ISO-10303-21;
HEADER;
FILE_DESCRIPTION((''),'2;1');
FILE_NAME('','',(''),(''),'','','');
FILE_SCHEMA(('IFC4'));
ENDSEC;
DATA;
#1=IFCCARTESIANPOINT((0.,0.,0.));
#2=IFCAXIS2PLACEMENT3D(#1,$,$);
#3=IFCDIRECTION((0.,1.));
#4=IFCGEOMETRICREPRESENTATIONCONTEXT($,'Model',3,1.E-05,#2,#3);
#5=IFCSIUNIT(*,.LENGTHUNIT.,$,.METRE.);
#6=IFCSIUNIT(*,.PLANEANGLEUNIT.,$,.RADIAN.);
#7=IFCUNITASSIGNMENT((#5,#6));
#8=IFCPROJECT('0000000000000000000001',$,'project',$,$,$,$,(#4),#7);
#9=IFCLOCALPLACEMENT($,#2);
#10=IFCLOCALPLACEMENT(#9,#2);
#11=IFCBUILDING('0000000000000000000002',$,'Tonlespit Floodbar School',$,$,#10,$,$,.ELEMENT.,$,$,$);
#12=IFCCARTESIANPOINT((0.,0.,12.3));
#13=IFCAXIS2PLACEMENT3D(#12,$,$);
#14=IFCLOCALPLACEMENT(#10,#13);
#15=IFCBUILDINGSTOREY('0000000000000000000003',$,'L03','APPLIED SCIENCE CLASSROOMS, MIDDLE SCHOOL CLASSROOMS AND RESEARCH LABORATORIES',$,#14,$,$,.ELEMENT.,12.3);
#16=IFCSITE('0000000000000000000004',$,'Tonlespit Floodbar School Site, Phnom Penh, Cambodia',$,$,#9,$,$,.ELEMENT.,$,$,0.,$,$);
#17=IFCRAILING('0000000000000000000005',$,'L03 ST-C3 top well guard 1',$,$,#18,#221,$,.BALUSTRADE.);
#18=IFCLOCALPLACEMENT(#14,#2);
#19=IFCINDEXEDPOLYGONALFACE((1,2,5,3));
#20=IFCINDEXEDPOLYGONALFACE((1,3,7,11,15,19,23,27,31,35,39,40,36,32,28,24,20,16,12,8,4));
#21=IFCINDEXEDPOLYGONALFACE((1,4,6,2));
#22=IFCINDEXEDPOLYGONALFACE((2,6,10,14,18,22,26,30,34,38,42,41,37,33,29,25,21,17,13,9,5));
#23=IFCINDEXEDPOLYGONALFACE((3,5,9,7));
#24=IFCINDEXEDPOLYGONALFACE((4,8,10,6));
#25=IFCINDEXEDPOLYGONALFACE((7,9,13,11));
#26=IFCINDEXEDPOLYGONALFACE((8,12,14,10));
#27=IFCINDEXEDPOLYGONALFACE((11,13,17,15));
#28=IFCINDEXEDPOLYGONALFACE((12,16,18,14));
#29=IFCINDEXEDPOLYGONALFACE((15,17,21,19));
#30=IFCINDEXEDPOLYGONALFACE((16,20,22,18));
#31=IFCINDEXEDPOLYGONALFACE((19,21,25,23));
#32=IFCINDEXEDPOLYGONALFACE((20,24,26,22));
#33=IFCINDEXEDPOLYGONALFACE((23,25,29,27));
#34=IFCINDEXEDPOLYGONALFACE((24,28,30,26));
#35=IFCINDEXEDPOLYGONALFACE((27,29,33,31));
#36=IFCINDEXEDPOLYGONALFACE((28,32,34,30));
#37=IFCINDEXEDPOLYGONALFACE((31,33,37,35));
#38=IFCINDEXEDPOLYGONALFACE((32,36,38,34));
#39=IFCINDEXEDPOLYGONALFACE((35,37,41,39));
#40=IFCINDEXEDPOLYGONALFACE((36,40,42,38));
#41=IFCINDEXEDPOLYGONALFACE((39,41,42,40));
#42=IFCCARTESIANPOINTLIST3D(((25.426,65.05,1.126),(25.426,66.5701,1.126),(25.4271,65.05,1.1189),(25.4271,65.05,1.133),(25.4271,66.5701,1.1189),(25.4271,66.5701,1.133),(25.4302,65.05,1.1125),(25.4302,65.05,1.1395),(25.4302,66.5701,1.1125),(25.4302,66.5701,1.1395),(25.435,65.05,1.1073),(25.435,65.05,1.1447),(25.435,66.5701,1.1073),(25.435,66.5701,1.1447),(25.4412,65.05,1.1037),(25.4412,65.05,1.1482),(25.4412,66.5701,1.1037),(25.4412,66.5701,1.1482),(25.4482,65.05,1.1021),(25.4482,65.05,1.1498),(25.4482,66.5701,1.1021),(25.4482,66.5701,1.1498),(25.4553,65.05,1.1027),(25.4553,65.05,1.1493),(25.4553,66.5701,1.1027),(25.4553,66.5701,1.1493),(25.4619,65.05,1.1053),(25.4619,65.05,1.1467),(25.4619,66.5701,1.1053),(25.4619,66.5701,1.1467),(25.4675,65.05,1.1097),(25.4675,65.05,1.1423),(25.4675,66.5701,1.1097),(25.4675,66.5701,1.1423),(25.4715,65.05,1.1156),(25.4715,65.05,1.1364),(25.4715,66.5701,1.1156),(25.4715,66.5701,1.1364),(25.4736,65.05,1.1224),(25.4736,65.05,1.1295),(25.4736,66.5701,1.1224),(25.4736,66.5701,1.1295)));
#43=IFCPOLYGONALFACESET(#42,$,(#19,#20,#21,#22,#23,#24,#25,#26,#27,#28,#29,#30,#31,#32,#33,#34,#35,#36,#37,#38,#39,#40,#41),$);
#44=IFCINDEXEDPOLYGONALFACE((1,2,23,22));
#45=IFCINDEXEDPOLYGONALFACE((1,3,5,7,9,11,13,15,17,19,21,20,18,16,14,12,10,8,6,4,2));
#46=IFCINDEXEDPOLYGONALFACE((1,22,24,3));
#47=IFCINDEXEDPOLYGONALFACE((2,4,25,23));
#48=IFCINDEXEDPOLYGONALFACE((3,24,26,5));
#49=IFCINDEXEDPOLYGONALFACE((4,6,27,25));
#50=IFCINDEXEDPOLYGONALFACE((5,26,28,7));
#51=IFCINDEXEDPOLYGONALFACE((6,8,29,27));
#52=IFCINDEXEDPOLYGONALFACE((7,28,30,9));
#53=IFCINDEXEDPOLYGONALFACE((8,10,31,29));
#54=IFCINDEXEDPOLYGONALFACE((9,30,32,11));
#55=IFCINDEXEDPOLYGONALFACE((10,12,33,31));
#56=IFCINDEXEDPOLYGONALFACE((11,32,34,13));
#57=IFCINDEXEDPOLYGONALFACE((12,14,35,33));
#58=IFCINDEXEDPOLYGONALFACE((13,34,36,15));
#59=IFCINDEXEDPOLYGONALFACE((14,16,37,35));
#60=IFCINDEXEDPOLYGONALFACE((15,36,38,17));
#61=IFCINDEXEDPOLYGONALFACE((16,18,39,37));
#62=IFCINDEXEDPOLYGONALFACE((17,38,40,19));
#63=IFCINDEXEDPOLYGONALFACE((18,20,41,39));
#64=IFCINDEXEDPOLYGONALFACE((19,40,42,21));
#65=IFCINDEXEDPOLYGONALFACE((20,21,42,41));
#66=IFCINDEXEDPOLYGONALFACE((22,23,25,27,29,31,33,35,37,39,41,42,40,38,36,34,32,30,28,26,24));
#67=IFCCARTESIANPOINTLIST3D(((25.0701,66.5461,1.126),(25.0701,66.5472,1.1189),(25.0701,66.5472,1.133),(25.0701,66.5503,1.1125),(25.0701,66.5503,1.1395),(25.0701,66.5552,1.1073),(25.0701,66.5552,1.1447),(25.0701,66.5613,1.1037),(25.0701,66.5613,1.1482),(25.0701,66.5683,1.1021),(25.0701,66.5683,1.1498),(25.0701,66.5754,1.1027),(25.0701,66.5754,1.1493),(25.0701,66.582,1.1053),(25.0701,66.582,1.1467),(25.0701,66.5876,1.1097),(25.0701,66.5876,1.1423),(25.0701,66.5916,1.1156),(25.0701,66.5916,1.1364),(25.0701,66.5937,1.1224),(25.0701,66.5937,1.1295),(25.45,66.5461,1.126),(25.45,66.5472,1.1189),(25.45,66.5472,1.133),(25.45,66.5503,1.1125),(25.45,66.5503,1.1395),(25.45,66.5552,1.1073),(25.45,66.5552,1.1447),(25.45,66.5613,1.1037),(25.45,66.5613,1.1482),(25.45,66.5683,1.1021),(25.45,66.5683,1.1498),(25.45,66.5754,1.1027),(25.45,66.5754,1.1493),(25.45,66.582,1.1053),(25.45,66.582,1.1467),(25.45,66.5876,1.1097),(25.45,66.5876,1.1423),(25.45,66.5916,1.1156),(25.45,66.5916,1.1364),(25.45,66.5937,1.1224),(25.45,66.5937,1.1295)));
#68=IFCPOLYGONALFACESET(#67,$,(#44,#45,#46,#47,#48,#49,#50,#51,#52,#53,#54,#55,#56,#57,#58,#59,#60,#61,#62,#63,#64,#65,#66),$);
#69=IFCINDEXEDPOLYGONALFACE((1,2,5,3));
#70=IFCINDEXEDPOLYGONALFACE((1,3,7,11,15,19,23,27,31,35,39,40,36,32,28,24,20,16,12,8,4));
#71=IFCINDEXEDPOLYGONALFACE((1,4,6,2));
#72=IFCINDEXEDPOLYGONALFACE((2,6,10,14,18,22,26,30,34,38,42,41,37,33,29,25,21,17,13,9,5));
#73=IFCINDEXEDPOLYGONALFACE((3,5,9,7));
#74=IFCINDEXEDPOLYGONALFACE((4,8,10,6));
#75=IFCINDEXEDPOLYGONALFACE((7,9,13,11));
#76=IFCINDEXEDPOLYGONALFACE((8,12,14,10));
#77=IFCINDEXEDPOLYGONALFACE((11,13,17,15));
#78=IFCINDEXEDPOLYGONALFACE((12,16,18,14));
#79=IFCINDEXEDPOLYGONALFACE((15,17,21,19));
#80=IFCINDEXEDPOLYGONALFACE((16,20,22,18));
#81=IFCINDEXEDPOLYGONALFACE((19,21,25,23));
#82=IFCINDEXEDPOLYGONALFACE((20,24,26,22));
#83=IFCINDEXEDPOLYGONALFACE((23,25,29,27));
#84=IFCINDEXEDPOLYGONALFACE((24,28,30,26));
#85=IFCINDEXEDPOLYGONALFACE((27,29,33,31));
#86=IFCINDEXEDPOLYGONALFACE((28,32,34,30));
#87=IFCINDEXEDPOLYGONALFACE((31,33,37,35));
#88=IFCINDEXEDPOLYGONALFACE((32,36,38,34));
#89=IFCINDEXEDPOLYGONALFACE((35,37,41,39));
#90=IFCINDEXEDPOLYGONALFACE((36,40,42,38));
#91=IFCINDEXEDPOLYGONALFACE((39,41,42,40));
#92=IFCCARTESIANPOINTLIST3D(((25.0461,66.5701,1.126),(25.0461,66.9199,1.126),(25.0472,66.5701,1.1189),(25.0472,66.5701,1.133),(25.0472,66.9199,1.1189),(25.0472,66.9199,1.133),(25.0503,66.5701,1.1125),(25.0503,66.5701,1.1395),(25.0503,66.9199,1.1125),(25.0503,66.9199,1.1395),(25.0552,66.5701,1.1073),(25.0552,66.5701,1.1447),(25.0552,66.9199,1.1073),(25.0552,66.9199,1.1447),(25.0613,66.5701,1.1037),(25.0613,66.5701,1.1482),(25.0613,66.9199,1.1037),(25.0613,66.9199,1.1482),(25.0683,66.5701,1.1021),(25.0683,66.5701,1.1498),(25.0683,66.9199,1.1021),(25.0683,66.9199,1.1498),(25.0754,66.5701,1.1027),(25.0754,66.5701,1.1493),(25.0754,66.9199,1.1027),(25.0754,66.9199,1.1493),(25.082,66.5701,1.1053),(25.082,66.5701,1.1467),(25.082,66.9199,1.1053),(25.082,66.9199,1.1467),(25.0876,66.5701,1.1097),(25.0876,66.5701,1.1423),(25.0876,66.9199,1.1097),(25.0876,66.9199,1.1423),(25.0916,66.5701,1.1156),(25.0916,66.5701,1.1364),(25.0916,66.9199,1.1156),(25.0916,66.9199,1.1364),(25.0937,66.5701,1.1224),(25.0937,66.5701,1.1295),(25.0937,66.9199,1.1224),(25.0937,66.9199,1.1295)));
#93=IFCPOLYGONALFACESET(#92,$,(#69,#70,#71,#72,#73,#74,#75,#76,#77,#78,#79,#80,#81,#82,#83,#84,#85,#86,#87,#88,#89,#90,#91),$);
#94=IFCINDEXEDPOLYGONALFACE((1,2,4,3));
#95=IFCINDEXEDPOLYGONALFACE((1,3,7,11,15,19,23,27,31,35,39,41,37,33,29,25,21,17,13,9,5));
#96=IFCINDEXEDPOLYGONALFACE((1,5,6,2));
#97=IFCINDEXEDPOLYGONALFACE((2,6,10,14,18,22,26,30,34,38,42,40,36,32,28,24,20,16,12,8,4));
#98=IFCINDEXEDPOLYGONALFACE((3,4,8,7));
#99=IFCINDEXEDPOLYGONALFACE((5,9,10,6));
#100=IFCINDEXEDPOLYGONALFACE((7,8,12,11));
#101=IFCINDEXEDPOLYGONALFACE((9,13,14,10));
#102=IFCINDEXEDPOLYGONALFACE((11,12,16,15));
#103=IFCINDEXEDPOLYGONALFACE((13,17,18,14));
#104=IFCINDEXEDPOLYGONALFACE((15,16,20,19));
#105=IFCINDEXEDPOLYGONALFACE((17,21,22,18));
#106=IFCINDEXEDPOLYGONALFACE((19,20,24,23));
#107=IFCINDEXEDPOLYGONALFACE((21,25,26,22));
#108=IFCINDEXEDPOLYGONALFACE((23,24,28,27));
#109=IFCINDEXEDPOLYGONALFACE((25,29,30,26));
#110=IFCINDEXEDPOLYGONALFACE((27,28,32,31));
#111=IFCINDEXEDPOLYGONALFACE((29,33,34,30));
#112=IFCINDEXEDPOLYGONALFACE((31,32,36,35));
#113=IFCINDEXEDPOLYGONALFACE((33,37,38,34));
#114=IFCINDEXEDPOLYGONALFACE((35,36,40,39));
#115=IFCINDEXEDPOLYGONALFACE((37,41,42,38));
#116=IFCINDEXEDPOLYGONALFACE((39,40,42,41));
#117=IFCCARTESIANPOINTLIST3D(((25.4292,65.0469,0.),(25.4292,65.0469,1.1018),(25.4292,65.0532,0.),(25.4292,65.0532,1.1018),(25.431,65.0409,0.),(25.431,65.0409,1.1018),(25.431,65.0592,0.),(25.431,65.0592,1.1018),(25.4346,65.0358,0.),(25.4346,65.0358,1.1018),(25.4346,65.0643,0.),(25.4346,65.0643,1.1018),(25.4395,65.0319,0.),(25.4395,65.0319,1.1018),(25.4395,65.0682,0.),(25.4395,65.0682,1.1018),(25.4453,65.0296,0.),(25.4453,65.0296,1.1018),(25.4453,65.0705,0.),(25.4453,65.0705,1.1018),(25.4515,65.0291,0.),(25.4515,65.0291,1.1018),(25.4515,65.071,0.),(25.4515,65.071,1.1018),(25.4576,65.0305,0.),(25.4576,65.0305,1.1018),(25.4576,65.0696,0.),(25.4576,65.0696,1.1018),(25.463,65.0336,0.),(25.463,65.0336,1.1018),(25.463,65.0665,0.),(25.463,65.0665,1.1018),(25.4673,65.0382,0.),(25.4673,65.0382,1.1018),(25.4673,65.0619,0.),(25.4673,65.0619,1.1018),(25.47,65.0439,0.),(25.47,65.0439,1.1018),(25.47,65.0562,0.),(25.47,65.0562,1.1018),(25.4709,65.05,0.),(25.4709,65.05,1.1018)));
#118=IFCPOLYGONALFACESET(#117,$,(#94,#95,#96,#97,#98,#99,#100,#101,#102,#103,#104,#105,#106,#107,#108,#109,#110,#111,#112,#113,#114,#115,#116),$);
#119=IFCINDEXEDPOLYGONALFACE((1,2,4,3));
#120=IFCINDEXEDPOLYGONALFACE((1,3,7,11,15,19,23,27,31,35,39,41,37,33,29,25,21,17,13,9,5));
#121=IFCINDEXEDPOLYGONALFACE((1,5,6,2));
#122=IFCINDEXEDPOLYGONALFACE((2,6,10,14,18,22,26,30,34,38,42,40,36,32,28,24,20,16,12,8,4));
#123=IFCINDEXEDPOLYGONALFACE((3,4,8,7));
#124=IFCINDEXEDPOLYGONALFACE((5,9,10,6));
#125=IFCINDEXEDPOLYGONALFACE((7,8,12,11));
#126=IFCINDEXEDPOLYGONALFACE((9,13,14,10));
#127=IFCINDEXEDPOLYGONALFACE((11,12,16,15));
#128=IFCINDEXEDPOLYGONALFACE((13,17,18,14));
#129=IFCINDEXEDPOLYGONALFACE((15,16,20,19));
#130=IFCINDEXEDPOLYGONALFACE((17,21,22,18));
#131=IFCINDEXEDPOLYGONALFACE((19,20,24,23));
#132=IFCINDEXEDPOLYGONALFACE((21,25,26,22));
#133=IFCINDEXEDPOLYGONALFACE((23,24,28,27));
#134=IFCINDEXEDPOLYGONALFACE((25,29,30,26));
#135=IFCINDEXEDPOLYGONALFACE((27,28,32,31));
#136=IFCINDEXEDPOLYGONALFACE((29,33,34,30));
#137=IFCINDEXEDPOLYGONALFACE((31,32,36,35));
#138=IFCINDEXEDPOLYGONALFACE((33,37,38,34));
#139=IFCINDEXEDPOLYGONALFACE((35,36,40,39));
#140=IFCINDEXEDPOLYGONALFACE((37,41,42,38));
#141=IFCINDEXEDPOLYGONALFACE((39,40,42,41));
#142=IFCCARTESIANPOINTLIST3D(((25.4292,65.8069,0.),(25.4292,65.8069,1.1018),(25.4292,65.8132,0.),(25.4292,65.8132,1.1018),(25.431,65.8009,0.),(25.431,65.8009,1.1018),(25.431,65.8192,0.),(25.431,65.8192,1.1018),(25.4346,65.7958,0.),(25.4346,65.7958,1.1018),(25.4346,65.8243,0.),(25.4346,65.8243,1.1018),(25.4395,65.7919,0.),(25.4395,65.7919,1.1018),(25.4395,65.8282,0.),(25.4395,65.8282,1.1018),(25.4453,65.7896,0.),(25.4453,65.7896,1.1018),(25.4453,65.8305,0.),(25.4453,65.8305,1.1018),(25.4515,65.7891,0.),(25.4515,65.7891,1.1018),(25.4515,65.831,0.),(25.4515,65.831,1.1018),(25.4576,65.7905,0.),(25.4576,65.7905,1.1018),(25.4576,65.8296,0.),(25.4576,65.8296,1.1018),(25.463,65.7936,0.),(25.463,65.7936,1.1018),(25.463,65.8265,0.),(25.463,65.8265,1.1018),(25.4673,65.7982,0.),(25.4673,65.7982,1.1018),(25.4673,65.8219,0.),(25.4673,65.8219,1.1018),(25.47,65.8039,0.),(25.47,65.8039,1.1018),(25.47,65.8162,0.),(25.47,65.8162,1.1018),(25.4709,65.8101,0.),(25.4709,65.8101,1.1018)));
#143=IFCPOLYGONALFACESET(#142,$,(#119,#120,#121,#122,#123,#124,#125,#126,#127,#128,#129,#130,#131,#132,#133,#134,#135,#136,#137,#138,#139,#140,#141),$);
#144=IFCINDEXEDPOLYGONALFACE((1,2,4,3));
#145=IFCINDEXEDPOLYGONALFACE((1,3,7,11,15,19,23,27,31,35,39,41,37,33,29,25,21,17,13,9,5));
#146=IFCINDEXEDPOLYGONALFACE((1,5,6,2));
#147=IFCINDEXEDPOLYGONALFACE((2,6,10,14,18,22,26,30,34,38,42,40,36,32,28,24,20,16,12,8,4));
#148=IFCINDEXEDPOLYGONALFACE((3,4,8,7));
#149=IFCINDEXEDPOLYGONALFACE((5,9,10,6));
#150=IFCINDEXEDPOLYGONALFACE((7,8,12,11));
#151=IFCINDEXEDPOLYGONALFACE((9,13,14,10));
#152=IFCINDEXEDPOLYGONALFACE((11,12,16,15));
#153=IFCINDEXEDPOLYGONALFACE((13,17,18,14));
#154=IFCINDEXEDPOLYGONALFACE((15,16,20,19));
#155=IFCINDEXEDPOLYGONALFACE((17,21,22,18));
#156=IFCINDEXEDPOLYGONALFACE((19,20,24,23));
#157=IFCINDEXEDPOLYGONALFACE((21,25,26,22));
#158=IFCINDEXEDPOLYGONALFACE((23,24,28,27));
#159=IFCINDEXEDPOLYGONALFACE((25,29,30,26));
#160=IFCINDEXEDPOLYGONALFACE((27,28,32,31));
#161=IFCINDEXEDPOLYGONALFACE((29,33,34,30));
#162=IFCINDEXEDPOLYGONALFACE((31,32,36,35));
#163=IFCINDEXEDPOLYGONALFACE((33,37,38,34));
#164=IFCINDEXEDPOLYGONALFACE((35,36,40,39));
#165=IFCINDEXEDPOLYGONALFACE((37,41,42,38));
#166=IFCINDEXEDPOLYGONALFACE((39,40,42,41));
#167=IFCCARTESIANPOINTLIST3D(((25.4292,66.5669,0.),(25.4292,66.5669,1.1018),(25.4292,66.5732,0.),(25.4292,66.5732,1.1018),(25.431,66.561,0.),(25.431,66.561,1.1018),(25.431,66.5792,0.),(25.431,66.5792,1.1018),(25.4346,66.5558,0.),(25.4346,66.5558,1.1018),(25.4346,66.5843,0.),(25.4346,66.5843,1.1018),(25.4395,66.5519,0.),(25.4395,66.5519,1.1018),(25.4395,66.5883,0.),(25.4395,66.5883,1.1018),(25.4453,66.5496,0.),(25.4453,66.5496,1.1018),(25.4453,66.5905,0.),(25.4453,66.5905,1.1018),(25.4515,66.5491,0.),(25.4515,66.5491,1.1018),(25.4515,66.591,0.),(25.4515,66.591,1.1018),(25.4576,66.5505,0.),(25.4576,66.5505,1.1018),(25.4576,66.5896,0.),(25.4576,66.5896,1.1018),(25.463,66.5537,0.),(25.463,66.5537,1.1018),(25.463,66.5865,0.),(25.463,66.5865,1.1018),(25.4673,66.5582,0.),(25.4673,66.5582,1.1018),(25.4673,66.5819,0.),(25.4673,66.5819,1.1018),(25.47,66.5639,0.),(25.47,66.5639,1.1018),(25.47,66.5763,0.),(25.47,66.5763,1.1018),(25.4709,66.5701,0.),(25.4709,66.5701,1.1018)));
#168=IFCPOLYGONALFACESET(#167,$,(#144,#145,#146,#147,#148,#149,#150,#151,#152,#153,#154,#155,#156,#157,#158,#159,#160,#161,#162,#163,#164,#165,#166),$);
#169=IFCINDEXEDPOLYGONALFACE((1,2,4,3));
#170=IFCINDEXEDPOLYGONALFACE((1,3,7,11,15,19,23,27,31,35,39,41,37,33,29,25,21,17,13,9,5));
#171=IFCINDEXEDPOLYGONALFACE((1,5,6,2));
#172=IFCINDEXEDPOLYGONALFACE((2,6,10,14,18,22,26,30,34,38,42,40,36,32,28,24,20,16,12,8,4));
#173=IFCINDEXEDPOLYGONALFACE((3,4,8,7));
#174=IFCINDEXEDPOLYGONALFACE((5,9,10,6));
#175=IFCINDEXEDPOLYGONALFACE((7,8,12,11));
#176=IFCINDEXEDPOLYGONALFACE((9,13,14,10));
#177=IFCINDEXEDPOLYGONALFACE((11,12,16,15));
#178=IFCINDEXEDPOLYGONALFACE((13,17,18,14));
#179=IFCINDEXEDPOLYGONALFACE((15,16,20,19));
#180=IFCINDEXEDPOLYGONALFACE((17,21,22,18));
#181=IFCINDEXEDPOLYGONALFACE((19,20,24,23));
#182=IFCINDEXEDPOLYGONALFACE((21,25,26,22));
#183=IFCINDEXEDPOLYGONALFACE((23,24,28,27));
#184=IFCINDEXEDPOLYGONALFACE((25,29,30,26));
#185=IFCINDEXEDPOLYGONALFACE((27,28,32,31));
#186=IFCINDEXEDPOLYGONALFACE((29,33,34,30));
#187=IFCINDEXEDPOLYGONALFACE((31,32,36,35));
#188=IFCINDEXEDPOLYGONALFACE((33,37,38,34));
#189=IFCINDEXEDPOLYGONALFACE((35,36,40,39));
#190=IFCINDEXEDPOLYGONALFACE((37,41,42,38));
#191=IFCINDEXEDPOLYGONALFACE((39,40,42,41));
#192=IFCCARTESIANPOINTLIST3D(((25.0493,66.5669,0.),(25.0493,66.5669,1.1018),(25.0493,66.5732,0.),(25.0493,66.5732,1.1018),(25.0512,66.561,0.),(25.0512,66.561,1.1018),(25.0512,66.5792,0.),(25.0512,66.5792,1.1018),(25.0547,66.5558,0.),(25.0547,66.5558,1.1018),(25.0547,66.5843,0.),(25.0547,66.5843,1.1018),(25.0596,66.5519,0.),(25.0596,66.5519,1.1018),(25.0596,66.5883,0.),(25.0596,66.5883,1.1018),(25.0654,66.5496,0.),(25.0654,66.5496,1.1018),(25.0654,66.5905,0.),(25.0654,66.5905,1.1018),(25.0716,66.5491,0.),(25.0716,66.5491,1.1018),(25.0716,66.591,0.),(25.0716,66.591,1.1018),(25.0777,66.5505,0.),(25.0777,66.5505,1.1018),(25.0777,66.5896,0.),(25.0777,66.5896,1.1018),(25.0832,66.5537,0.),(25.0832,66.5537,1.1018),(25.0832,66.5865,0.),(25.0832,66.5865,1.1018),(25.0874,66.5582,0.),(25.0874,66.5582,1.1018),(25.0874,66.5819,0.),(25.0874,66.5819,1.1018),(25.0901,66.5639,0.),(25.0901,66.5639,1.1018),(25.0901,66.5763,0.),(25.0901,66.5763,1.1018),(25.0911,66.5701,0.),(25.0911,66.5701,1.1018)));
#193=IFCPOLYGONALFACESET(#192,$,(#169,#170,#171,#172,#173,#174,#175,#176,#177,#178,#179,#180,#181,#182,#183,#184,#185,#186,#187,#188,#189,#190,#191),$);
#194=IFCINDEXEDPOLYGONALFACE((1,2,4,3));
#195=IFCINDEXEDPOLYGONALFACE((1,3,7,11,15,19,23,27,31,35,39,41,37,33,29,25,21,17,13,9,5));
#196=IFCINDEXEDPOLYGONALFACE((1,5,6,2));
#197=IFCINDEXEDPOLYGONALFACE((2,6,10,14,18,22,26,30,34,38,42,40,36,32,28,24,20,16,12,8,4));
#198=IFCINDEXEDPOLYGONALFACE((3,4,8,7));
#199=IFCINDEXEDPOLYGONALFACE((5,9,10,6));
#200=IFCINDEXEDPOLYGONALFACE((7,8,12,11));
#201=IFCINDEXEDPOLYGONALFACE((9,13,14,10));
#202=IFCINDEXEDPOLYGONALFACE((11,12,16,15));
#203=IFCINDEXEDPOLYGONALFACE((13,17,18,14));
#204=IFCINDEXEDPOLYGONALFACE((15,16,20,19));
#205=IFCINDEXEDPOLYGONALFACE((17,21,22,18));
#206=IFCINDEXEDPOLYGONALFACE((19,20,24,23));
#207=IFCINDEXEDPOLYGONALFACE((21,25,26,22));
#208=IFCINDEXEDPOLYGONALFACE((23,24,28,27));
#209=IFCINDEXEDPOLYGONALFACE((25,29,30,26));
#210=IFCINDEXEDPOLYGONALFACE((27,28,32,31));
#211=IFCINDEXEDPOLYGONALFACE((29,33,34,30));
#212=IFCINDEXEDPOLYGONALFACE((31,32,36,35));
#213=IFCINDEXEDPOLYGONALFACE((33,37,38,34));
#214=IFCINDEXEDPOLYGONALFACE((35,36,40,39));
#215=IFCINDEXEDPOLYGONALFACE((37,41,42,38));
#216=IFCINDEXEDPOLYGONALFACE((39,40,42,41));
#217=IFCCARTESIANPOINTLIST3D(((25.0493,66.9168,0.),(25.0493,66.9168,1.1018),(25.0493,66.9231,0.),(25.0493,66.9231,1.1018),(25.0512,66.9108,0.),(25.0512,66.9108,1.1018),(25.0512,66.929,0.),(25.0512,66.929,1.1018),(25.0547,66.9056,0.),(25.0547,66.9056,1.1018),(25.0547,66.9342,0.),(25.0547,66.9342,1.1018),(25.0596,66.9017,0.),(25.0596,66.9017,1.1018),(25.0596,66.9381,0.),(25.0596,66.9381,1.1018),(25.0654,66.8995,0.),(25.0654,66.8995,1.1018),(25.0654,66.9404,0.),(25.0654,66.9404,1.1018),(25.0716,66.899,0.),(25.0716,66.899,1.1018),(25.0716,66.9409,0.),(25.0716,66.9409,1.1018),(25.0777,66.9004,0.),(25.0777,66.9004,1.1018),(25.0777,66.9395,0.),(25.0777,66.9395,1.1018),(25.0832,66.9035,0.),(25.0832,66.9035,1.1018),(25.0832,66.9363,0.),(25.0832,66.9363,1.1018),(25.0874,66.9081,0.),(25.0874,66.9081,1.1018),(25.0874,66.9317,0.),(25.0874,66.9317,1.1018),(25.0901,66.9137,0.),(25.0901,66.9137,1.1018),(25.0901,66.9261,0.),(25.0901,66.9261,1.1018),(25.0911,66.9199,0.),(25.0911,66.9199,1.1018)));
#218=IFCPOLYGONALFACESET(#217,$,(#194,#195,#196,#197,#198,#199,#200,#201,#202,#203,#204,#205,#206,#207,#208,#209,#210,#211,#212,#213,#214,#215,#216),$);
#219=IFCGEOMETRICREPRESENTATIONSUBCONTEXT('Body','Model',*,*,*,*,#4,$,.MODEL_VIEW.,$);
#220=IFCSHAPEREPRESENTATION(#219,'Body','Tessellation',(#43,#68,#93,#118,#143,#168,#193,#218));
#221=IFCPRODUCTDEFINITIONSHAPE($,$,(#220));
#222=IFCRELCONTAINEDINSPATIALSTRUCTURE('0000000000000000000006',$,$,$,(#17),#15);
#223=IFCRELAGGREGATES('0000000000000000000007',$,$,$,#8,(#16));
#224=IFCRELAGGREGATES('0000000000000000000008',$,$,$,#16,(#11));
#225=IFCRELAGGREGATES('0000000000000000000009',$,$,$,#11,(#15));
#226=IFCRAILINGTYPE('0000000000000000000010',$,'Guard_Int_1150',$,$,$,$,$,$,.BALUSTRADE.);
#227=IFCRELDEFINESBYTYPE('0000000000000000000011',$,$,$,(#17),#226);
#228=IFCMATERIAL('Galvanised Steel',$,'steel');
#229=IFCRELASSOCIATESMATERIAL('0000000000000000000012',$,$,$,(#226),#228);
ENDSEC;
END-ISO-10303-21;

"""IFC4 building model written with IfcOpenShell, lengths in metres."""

from ifc_helpers import new_model, si_unit, direction, frame, origin, origin_2d, place, context, subcontext, project, spatial, circle, extrude, material, type_object, element, save


model = new_model("IFC4")

# Units and contexts
model_context = context("Model", 3, precision=1e-05, world=origin(), true_north=direction((0.0, 1.0)))
body_context = subcontext(model_context, "Body", "Model", "MODEL_VIEW")
ifc_project = project(units=[si_unit("LENGTHUNIT", "METRE"), si_unit("PLANEANGLEUNIT", "RADIAN")], contexts=[model_context])

# Site, building, storey
site_placement = place(None, origin())
site = spatial("IfcSite", under=ifc_project, at=site_placement, Name="Tonlespit Floodbar School Site, Phnom Penh, Cambodia", CompositionType="ELEMENT", RefElevation=0.0)
building_placement = place(site_placement, origin())
building = spatial("IfcBuilding", under=site, at=building_placement, Name="Tonlespit Floodbar School", CompositionType="ELEMENT")
storey_placement = place(building_placement, frame((0.0, 0.0, 12.3)))
storey = spatial("IfcBuildingStorey", under=building, at=storey_placement, Name="L03", Description="APPLIED SCIENCE CLASSROOMS, MIDDLE SCHOOL CLASSROOMS AND RESEARCH LABORATORIES", CompositionType="ELEMENT", Elevation=12.3)

# Shared definitions
ifc_material_1 = material(Name="Galvanised Steel", Category="steel")

# Railing
railing_type = type_object("IfcRailingType", Name="Guard_Int_1150", PredefinedType="BALUSTRADE", material=ifc_material_1)
railing_placement = place(storey_placement, frame((25.45, 65.05, 0.0)))
element("IfcRailing", 1, at=railing_placement, inside=storey, type_object=railing_type, Name="L03 ST-C3 top well guard 1", PredefinedType="BALUSTRADE", context=body_context, shape_type="SweptSolid", body=[
    extrude(circle(Radius=0.0239, at=origin_2d()), frame((0.0, 0.0, 1.126), z_axis=(0.0, 1.0, 0.0), x_axis=(-1.0, 0.0, 0.0)), (0.0, 0.0, 1.0), 1.52),
    extrude(circle(Radius=0.0239, at=origin_2d()), frame((0.0, 1.52, 1.126), z_axis=(-1.0, 0.0, 0.0), x_axis=(0.0, -1.0, 0.0)), (0.0, 0.0, 1.0), 0.3799),
    extrude(circle(Radius=0.0239, at=origin_2d()), frame((-0.3799, 1.52, 1.126), z_axis=(0.0, 1.0, 0.0), x_axis=(-1.0, 0.0, 0.0)), (0.0, 0.0, 1.0), 0.3499),
    extrude(circle(Radius=0.021, at=origin_2d()), origin(), (0.0, 0.0, 1.0), 1.1018),
    extrude(circle(Radius=0.021, at=origin_2d()), frame((0.0, 0.76, 0.0)), (0.0, 0.0, 1.0), 1.1018),
    extrude(circle(Radius=0.021, at=origin_2d()), frame((0.0, 1.52, 0.0)), (0.0, 0.0, 1.0), 1.1018),
    extrude(circle(Radius=0.021, at=origin_2d()), frame((-0.3799, 1.52, 0.0)), (0.0, 0.0, 1.0), 1.1018),
    extrude(circle(Radius=0.021, at=origin_2d()), frame((-0.3799, 1.8699, 0.0)), (0.0, 0.0, 1.0), 1.1018),
])

save(model, "model.ifc")
